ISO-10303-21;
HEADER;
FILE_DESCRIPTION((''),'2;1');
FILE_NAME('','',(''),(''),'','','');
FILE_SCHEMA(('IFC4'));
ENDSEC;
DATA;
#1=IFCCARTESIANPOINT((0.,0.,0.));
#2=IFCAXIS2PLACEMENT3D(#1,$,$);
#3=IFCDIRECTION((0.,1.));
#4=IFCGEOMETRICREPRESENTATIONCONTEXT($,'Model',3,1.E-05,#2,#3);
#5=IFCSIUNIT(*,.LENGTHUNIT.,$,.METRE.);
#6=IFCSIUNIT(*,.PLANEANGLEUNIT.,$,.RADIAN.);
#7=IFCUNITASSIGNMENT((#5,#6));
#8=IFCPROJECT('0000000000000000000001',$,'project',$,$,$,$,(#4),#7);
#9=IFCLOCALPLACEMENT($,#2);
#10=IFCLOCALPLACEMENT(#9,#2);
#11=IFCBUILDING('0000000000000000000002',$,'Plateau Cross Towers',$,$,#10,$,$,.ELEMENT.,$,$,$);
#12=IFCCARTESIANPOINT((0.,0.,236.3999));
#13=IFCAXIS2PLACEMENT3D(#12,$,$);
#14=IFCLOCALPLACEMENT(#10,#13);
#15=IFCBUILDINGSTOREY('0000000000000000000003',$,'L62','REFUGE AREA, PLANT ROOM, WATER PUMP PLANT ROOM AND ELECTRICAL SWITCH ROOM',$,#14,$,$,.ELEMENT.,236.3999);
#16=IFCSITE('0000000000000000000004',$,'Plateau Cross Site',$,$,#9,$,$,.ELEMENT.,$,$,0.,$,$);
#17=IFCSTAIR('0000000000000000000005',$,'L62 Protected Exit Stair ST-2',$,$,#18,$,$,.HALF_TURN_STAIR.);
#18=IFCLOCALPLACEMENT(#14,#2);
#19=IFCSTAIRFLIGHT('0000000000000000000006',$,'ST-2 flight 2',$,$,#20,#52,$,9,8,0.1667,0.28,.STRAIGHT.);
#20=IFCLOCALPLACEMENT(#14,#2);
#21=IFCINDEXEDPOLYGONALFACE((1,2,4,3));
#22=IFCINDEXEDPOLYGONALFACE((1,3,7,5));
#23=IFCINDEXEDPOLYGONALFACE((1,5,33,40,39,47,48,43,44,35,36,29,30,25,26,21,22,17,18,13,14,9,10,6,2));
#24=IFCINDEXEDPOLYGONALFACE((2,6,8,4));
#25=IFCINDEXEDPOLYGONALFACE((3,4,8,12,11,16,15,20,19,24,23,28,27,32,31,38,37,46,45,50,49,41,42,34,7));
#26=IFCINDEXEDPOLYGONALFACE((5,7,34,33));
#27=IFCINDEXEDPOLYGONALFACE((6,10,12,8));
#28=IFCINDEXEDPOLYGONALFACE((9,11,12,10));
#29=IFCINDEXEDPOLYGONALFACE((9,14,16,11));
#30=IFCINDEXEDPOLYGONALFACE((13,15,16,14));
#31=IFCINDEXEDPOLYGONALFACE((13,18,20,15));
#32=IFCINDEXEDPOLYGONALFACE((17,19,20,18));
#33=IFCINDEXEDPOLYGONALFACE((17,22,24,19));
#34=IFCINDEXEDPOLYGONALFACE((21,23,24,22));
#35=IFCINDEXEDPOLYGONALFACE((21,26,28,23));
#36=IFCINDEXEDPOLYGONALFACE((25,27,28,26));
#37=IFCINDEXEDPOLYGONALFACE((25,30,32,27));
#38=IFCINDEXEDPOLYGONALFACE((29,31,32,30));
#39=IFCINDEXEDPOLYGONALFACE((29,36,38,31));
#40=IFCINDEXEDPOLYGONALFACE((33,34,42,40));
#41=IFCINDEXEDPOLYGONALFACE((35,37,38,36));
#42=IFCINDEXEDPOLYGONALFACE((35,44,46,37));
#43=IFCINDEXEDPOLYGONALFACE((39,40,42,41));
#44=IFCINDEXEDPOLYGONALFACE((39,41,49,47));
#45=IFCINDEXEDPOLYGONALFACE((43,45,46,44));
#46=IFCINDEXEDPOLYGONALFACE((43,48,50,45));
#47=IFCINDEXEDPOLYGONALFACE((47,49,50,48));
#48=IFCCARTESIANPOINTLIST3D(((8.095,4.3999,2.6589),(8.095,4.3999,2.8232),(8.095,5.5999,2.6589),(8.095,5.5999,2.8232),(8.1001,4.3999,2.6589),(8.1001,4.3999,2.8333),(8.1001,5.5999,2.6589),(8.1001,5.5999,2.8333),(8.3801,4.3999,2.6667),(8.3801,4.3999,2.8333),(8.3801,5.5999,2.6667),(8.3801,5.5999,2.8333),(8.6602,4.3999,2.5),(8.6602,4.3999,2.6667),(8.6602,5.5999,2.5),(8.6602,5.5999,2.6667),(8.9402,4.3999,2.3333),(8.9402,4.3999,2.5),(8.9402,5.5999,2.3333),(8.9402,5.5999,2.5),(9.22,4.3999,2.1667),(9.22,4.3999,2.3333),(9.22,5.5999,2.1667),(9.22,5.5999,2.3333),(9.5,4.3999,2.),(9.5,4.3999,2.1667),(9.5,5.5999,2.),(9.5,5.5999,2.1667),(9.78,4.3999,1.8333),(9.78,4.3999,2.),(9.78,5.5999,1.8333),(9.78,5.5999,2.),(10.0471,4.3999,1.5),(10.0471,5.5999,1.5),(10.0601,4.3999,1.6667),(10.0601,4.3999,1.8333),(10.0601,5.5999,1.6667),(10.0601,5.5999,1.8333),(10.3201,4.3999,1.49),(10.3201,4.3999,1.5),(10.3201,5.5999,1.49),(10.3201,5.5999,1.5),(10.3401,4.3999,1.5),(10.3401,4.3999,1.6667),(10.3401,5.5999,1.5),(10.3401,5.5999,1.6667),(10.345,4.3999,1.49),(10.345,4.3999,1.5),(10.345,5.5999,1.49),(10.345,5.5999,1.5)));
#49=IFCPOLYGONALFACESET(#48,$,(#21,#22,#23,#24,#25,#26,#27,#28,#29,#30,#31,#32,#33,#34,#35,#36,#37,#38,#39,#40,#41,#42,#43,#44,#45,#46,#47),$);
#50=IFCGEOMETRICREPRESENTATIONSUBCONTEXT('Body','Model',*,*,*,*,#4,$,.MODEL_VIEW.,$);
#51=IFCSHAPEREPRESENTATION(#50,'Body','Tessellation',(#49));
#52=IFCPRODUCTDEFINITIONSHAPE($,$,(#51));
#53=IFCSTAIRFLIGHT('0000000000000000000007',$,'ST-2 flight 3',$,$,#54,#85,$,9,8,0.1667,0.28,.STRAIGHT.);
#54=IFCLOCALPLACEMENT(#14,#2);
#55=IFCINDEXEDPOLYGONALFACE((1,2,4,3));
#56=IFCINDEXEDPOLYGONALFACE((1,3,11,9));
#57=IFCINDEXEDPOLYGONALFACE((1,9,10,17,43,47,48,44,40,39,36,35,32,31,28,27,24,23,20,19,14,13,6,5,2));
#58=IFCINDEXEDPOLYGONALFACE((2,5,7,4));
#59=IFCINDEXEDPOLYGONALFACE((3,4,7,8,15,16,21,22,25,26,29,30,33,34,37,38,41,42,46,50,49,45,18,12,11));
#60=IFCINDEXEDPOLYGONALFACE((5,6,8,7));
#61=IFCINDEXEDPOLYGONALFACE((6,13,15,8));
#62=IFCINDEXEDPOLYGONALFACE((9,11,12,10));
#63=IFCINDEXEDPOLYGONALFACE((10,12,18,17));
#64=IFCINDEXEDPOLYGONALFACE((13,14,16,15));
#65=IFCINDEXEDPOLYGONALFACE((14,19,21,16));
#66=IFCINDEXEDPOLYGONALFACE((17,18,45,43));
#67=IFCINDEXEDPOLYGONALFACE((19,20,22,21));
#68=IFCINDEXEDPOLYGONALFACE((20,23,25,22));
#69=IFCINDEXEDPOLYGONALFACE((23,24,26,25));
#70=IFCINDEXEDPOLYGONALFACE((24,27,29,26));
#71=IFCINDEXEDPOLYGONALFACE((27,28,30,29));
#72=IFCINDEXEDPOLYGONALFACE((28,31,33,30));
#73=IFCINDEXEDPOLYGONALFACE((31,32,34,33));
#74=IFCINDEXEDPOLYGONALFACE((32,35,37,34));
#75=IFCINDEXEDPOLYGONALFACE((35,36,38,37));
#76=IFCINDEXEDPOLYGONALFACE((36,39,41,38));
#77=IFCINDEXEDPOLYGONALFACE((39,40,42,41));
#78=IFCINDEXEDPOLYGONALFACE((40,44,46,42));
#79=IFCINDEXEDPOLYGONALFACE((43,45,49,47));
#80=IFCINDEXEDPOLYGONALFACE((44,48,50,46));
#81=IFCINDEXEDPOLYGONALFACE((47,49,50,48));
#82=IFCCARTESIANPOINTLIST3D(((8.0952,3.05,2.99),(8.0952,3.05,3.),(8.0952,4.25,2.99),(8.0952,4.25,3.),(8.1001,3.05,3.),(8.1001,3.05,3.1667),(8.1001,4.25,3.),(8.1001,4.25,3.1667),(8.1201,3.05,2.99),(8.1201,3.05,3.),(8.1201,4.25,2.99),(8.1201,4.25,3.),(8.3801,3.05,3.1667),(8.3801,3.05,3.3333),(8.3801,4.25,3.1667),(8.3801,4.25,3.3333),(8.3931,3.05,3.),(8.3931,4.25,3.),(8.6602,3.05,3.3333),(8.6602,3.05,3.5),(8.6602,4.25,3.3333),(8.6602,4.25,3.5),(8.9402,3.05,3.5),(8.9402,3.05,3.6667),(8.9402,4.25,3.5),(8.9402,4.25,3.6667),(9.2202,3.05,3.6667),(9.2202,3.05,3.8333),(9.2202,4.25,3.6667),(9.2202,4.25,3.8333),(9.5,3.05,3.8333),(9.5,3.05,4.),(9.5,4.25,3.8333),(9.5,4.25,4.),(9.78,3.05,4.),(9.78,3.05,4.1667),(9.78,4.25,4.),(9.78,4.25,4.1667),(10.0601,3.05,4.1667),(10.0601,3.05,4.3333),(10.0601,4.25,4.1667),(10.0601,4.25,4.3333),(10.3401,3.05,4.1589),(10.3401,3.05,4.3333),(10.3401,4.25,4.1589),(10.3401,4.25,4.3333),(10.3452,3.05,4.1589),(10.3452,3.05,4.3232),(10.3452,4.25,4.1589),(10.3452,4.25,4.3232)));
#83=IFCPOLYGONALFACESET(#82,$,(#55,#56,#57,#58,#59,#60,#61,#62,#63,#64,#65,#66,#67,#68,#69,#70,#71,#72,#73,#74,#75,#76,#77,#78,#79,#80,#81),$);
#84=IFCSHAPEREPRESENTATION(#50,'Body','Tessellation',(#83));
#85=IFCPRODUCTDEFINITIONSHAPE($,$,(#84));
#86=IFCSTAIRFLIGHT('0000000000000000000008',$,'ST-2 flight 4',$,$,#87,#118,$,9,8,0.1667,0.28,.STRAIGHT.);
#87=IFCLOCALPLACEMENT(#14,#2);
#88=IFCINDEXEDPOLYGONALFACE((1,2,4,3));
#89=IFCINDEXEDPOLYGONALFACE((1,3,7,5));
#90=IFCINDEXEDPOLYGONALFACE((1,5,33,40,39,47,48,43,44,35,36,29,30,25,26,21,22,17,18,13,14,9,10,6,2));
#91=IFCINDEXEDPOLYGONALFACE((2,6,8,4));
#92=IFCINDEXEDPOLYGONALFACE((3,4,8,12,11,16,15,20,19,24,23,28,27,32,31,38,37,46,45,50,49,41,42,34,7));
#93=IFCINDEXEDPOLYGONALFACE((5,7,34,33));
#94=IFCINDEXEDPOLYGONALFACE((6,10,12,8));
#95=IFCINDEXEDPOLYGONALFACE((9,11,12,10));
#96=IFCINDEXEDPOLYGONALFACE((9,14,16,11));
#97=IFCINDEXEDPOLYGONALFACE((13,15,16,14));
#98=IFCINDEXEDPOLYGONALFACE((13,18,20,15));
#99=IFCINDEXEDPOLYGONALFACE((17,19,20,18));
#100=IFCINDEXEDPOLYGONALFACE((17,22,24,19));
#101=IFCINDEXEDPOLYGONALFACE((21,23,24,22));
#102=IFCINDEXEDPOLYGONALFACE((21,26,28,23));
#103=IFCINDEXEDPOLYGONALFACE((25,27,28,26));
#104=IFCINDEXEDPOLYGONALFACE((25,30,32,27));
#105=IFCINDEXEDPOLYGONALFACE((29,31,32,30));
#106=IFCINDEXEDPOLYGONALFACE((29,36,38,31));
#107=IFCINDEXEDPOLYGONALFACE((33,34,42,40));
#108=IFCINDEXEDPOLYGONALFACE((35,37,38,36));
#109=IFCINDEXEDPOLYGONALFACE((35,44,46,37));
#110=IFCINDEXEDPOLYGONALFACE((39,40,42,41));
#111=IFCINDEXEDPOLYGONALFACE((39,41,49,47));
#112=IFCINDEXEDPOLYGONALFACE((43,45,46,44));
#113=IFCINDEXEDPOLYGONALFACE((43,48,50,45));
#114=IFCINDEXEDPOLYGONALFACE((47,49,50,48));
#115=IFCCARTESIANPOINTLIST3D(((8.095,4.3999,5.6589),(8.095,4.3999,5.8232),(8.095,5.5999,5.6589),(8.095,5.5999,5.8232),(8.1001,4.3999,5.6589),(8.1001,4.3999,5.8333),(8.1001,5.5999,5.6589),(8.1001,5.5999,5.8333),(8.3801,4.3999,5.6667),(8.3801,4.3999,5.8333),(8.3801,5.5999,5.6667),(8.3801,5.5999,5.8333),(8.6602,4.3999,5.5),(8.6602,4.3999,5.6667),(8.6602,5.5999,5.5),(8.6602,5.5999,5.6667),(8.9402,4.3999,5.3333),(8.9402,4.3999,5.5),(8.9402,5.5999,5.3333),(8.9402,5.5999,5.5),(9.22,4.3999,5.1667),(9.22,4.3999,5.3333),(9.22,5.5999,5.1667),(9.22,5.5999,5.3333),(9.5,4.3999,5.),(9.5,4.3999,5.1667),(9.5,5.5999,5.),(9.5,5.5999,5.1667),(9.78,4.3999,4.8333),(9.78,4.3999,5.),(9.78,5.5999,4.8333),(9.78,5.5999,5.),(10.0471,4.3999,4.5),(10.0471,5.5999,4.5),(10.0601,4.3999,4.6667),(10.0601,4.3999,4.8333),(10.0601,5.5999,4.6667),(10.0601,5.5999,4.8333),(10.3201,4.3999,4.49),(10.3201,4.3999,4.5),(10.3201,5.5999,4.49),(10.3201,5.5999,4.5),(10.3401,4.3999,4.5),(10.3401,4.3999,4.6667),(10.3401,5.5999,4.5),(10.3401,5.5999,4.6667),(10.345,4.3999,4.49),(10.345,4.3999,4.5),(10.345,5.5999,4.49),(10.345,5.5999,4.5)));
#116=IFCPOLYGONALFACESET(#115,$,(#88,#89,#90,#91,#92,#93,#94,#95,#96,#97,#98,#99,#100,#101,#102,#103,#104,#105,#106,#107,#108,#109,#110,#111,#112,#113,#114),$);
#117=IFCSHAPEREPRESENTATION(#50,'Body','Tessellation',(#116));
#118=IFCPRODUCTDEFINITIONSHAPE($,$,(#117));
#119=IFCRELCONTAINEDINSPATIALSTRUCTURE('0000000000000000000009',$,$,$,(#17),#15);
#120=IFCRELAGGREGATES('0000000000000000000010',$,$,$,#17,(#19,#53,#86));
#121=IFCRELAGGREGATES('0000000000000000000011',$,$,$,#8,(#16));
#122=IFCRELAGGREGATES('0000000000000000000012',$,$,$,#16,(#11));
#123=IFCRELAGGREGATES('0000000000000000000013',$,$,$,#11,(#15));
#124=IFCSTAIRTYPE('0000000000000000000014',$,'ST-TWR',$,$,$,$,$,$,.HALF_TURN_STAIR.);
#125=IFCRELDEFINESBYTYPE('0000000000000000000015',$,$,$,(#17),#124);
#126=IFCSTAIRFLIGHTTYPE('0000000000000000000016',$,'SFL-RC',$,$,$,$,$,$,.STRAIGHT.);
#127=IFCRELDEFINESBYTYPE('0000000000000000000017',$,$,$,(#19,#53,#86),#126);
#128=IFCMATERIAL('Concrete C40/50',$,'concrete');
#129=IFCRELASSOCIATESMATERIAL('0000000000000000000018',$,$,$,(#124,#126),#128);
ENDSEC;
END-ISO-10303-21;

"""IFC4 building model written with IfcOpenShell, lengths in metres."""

from ifc_helpers import new_model, si_unit, direction, frame, origin, place, context, subcontext, project, spatial, polyline, outline, extrude, material, type_object, element, aggregate, save


model = new_model("IFC4")

# Units and contexts
model_context = context("Model", 3, precision=1e-05, world=origin(), true_north=direction((0.0, 1.0)))
body_context = subcontext(model_context, "Body", "Model", "MODEL_VIEW")
ifc_project = project(units=[si_unit("LENGTHUNIT", "METRE"), si_unit("PLANEANGLEUNIT", "RADIAN")], contexts=[model_context])

# Site, building, storey
site_placement = place(None, origin())
site = spatial("IfcSite", under=ifc_project, at=site_placement, Name="Plateau Cross Site", CompositionType="ELEMENT", RefElevation=0.0)
building_placement = place(site_placement, origin())
building = spatial("IfcBuilding", under=site, at=building_placement, Name="Plateau Cross Towers", CompositionType="ELEMENT")
storey_placement = place(building_placement, frame((0.0, 0.0, 236.3999)))
storey = spatial("IfcBuildingStorey", under=building, at=storey_placement, Name="L62", Description="REFUGE AREA, PLANT ROOM, WATER PUMP PLANT ROOM AND ELECTRICAL SWITCH ROOM", CompositionType="ELEMENT", Elevation=236.3999)

# Stair, stair flights
ifc_material_1 = material(Name="Concrete C40/50", Category="concrete")
stair_type = type_object("IfcStairType", Name="ST-TWR", PredefinedType="HALF_TURN_STAIR", material=ifc_material_1)
stair_placement = place(storey_placement, origin())
stair = element("IfcStair", 1, at=stair_placement, inside=storey, type_object=stair_type, Name="L62 Protected Exit Stair ST-2", PredefinedType="HALF_TURN_STAIR")
stair_flight_type = type_object("IfcStairFlightType", Name="SFL-RC", PredefinedType="STRAIGHT", material=ifc_material_1)
stair_flight_1_placement = place(storey_placement, frame((10.3401, 5.0, 1.5), z_axis=(0.0, 0.0, 1.0), x_axis=(-1.0, 0.0, 0.0)))
stair_flight_1 = element("IfcStairFlight", 2, at=stair_flight_1_placement, type_object=stair_flight_type, Name="ST-2 flight 2", NumberOfRisers=9, NumberOfTreads=8, PredefinedType="STRAIGHT", RiserHeight=0.1667, TreadLength=0.28, context=body_context, shape_type="SweptSolid", body=[
    extrude(outline(polyline([(-0.0049, -0.01), (-0.0049, 0.0), (0.0, 0.0), (0.0, 0.1667), (0.28, 0.1667), (0.28, 0.3333), (0.5601, 0.3333), (0.5601, 0.5), (0.8401, 0.5), (0.8401, 0.6667), (1.1201, 0.6667), (1.1201, 0.8333), (1.3999, 0.8333), (1.3999, 1.0), (1.6799, 1.0), (1.6799, 1.1667), (1.96, 1.1667), (1.96, 1.3333), (2.24, 1.3333), (2.2451, 1.3232), (2.2451, 1.1589), (2.24, 1.1589), (0.293, 0.0), (0.02, 0.0), (0.02, -0.01), (-0.0049, -0.01)])), frame((0.0, 0.6001, 0.0), z_axis=(0.0, -1.0, 0.0), x_axis=(1.0, 0.0, 0.0)), (0.0, 0.0, 1.0), 1.2),
])
stair_flight_2_placement = place(storey_placement, frame((8.1001, 3.6499, 3.0), z_axis=(0.0, 0.0, 1.0), x_axis=(1.0, 0.0, 0.0)))
stair_flight_2 = element("IfcStairFlight", 3, at=stair_flight_2_placement, type_object=stair_flight_type, Name="ST-2 flight 3", NumberOfRisers=9, NumberOfTreads=8, PredefinedType="STRAIGHT", RiserHeight=0.1667, TreadLength=0.28, context=body_context, shape_type="SweptSolid", body=[
    extrude(outline(polyline([(-0.0049, -0.01), (-0.0049, 0.0), (0.0, 0.0), (0.0, 0.1667), (0.28, 0.1667), (0.28, 0.3333), (0.5601, 0.3333), (0.5601, 0.5), (0.8401, 0.5), (0.8401, 0.6667), (1.1201, 0.6667), (1.1201, 0.8333), (1.3999, 0.8333), (1.3999, 1.0), (1.6799, 1.0), (1.6799, 1.1667), (1.96, 1.1667), (1.96, 1.3333), (2.24, 1.3333), (2.2451, 1.3232), (2.2451, 1.1589), (2.24, 1.1589), (0.293, 0.0), (0.02, 0.0), (0.02, -0.01), (-0.0049, -0.01)])), frame((0.0, 0.6001, 0.0), z_axis=(0.0, -1.0, 0.0), x_axis=(1.0, 0.0, 0.0)), (0.0, 0.0, 1.0), 1.2),
])
stair_flight_3_placement = place(storey_placement, frame((10.3401, 5.0, 4.5), z_axis=(0.0, 0.0, 1.0), x_axis=(-1.0, 0.0, 0.0)))
stair_flight_3 = element("IfcStairFlight", 4, at=stair_flight_3_placement, type_object=stair_flight_type, Name="ST-2 flight 4", NumberOfRisers=9, NumberOfTreads=8, PredefinedType="STRAIGHT", RiserHeight=0.1667, TreadLength=0.28, context=body_context, shape_type="SweptSolid", body=[
    extrude(outline(polyline([(-0.0049, -0.01), (-0.0049, 0.0), (0.0, 0.0), (0.0, 0.1667), (0.28, 0.1667), (0.28, 0.3333), (0.5601, 0.3333), (0.5601, 0.5), (0.8401, 0.5), (0.8401, 0.6667), (1.1201, 0.6667), (1.1201, 0.8333), (1.3999, 0.8333), (1.3999, 1.0), (1.6799, 1.0), (1.6799, 1.1667), (1.96, 1.1667), (1.96, 1.3333), (2.24, 1.3333), (2.2451, 1.3232), (2.2451, 1.1589), (2.24, 1.1589), (0.293, 0.0), (0.02, 0.0), (0.02, -0.01), (-0.0049, -0.01)])), frame((0.0, 0.6001, 0.0), z_axis=(0.0, -1.0, 0.0), x_axis=(1.0, 0.0, 0.0)), (0.0, 0.0, 1.0), 1.2),
])
aggregate(stair, [stair_flight_1, stair_flight_2, stair_flight_3])

save(model, "model.ifc")
